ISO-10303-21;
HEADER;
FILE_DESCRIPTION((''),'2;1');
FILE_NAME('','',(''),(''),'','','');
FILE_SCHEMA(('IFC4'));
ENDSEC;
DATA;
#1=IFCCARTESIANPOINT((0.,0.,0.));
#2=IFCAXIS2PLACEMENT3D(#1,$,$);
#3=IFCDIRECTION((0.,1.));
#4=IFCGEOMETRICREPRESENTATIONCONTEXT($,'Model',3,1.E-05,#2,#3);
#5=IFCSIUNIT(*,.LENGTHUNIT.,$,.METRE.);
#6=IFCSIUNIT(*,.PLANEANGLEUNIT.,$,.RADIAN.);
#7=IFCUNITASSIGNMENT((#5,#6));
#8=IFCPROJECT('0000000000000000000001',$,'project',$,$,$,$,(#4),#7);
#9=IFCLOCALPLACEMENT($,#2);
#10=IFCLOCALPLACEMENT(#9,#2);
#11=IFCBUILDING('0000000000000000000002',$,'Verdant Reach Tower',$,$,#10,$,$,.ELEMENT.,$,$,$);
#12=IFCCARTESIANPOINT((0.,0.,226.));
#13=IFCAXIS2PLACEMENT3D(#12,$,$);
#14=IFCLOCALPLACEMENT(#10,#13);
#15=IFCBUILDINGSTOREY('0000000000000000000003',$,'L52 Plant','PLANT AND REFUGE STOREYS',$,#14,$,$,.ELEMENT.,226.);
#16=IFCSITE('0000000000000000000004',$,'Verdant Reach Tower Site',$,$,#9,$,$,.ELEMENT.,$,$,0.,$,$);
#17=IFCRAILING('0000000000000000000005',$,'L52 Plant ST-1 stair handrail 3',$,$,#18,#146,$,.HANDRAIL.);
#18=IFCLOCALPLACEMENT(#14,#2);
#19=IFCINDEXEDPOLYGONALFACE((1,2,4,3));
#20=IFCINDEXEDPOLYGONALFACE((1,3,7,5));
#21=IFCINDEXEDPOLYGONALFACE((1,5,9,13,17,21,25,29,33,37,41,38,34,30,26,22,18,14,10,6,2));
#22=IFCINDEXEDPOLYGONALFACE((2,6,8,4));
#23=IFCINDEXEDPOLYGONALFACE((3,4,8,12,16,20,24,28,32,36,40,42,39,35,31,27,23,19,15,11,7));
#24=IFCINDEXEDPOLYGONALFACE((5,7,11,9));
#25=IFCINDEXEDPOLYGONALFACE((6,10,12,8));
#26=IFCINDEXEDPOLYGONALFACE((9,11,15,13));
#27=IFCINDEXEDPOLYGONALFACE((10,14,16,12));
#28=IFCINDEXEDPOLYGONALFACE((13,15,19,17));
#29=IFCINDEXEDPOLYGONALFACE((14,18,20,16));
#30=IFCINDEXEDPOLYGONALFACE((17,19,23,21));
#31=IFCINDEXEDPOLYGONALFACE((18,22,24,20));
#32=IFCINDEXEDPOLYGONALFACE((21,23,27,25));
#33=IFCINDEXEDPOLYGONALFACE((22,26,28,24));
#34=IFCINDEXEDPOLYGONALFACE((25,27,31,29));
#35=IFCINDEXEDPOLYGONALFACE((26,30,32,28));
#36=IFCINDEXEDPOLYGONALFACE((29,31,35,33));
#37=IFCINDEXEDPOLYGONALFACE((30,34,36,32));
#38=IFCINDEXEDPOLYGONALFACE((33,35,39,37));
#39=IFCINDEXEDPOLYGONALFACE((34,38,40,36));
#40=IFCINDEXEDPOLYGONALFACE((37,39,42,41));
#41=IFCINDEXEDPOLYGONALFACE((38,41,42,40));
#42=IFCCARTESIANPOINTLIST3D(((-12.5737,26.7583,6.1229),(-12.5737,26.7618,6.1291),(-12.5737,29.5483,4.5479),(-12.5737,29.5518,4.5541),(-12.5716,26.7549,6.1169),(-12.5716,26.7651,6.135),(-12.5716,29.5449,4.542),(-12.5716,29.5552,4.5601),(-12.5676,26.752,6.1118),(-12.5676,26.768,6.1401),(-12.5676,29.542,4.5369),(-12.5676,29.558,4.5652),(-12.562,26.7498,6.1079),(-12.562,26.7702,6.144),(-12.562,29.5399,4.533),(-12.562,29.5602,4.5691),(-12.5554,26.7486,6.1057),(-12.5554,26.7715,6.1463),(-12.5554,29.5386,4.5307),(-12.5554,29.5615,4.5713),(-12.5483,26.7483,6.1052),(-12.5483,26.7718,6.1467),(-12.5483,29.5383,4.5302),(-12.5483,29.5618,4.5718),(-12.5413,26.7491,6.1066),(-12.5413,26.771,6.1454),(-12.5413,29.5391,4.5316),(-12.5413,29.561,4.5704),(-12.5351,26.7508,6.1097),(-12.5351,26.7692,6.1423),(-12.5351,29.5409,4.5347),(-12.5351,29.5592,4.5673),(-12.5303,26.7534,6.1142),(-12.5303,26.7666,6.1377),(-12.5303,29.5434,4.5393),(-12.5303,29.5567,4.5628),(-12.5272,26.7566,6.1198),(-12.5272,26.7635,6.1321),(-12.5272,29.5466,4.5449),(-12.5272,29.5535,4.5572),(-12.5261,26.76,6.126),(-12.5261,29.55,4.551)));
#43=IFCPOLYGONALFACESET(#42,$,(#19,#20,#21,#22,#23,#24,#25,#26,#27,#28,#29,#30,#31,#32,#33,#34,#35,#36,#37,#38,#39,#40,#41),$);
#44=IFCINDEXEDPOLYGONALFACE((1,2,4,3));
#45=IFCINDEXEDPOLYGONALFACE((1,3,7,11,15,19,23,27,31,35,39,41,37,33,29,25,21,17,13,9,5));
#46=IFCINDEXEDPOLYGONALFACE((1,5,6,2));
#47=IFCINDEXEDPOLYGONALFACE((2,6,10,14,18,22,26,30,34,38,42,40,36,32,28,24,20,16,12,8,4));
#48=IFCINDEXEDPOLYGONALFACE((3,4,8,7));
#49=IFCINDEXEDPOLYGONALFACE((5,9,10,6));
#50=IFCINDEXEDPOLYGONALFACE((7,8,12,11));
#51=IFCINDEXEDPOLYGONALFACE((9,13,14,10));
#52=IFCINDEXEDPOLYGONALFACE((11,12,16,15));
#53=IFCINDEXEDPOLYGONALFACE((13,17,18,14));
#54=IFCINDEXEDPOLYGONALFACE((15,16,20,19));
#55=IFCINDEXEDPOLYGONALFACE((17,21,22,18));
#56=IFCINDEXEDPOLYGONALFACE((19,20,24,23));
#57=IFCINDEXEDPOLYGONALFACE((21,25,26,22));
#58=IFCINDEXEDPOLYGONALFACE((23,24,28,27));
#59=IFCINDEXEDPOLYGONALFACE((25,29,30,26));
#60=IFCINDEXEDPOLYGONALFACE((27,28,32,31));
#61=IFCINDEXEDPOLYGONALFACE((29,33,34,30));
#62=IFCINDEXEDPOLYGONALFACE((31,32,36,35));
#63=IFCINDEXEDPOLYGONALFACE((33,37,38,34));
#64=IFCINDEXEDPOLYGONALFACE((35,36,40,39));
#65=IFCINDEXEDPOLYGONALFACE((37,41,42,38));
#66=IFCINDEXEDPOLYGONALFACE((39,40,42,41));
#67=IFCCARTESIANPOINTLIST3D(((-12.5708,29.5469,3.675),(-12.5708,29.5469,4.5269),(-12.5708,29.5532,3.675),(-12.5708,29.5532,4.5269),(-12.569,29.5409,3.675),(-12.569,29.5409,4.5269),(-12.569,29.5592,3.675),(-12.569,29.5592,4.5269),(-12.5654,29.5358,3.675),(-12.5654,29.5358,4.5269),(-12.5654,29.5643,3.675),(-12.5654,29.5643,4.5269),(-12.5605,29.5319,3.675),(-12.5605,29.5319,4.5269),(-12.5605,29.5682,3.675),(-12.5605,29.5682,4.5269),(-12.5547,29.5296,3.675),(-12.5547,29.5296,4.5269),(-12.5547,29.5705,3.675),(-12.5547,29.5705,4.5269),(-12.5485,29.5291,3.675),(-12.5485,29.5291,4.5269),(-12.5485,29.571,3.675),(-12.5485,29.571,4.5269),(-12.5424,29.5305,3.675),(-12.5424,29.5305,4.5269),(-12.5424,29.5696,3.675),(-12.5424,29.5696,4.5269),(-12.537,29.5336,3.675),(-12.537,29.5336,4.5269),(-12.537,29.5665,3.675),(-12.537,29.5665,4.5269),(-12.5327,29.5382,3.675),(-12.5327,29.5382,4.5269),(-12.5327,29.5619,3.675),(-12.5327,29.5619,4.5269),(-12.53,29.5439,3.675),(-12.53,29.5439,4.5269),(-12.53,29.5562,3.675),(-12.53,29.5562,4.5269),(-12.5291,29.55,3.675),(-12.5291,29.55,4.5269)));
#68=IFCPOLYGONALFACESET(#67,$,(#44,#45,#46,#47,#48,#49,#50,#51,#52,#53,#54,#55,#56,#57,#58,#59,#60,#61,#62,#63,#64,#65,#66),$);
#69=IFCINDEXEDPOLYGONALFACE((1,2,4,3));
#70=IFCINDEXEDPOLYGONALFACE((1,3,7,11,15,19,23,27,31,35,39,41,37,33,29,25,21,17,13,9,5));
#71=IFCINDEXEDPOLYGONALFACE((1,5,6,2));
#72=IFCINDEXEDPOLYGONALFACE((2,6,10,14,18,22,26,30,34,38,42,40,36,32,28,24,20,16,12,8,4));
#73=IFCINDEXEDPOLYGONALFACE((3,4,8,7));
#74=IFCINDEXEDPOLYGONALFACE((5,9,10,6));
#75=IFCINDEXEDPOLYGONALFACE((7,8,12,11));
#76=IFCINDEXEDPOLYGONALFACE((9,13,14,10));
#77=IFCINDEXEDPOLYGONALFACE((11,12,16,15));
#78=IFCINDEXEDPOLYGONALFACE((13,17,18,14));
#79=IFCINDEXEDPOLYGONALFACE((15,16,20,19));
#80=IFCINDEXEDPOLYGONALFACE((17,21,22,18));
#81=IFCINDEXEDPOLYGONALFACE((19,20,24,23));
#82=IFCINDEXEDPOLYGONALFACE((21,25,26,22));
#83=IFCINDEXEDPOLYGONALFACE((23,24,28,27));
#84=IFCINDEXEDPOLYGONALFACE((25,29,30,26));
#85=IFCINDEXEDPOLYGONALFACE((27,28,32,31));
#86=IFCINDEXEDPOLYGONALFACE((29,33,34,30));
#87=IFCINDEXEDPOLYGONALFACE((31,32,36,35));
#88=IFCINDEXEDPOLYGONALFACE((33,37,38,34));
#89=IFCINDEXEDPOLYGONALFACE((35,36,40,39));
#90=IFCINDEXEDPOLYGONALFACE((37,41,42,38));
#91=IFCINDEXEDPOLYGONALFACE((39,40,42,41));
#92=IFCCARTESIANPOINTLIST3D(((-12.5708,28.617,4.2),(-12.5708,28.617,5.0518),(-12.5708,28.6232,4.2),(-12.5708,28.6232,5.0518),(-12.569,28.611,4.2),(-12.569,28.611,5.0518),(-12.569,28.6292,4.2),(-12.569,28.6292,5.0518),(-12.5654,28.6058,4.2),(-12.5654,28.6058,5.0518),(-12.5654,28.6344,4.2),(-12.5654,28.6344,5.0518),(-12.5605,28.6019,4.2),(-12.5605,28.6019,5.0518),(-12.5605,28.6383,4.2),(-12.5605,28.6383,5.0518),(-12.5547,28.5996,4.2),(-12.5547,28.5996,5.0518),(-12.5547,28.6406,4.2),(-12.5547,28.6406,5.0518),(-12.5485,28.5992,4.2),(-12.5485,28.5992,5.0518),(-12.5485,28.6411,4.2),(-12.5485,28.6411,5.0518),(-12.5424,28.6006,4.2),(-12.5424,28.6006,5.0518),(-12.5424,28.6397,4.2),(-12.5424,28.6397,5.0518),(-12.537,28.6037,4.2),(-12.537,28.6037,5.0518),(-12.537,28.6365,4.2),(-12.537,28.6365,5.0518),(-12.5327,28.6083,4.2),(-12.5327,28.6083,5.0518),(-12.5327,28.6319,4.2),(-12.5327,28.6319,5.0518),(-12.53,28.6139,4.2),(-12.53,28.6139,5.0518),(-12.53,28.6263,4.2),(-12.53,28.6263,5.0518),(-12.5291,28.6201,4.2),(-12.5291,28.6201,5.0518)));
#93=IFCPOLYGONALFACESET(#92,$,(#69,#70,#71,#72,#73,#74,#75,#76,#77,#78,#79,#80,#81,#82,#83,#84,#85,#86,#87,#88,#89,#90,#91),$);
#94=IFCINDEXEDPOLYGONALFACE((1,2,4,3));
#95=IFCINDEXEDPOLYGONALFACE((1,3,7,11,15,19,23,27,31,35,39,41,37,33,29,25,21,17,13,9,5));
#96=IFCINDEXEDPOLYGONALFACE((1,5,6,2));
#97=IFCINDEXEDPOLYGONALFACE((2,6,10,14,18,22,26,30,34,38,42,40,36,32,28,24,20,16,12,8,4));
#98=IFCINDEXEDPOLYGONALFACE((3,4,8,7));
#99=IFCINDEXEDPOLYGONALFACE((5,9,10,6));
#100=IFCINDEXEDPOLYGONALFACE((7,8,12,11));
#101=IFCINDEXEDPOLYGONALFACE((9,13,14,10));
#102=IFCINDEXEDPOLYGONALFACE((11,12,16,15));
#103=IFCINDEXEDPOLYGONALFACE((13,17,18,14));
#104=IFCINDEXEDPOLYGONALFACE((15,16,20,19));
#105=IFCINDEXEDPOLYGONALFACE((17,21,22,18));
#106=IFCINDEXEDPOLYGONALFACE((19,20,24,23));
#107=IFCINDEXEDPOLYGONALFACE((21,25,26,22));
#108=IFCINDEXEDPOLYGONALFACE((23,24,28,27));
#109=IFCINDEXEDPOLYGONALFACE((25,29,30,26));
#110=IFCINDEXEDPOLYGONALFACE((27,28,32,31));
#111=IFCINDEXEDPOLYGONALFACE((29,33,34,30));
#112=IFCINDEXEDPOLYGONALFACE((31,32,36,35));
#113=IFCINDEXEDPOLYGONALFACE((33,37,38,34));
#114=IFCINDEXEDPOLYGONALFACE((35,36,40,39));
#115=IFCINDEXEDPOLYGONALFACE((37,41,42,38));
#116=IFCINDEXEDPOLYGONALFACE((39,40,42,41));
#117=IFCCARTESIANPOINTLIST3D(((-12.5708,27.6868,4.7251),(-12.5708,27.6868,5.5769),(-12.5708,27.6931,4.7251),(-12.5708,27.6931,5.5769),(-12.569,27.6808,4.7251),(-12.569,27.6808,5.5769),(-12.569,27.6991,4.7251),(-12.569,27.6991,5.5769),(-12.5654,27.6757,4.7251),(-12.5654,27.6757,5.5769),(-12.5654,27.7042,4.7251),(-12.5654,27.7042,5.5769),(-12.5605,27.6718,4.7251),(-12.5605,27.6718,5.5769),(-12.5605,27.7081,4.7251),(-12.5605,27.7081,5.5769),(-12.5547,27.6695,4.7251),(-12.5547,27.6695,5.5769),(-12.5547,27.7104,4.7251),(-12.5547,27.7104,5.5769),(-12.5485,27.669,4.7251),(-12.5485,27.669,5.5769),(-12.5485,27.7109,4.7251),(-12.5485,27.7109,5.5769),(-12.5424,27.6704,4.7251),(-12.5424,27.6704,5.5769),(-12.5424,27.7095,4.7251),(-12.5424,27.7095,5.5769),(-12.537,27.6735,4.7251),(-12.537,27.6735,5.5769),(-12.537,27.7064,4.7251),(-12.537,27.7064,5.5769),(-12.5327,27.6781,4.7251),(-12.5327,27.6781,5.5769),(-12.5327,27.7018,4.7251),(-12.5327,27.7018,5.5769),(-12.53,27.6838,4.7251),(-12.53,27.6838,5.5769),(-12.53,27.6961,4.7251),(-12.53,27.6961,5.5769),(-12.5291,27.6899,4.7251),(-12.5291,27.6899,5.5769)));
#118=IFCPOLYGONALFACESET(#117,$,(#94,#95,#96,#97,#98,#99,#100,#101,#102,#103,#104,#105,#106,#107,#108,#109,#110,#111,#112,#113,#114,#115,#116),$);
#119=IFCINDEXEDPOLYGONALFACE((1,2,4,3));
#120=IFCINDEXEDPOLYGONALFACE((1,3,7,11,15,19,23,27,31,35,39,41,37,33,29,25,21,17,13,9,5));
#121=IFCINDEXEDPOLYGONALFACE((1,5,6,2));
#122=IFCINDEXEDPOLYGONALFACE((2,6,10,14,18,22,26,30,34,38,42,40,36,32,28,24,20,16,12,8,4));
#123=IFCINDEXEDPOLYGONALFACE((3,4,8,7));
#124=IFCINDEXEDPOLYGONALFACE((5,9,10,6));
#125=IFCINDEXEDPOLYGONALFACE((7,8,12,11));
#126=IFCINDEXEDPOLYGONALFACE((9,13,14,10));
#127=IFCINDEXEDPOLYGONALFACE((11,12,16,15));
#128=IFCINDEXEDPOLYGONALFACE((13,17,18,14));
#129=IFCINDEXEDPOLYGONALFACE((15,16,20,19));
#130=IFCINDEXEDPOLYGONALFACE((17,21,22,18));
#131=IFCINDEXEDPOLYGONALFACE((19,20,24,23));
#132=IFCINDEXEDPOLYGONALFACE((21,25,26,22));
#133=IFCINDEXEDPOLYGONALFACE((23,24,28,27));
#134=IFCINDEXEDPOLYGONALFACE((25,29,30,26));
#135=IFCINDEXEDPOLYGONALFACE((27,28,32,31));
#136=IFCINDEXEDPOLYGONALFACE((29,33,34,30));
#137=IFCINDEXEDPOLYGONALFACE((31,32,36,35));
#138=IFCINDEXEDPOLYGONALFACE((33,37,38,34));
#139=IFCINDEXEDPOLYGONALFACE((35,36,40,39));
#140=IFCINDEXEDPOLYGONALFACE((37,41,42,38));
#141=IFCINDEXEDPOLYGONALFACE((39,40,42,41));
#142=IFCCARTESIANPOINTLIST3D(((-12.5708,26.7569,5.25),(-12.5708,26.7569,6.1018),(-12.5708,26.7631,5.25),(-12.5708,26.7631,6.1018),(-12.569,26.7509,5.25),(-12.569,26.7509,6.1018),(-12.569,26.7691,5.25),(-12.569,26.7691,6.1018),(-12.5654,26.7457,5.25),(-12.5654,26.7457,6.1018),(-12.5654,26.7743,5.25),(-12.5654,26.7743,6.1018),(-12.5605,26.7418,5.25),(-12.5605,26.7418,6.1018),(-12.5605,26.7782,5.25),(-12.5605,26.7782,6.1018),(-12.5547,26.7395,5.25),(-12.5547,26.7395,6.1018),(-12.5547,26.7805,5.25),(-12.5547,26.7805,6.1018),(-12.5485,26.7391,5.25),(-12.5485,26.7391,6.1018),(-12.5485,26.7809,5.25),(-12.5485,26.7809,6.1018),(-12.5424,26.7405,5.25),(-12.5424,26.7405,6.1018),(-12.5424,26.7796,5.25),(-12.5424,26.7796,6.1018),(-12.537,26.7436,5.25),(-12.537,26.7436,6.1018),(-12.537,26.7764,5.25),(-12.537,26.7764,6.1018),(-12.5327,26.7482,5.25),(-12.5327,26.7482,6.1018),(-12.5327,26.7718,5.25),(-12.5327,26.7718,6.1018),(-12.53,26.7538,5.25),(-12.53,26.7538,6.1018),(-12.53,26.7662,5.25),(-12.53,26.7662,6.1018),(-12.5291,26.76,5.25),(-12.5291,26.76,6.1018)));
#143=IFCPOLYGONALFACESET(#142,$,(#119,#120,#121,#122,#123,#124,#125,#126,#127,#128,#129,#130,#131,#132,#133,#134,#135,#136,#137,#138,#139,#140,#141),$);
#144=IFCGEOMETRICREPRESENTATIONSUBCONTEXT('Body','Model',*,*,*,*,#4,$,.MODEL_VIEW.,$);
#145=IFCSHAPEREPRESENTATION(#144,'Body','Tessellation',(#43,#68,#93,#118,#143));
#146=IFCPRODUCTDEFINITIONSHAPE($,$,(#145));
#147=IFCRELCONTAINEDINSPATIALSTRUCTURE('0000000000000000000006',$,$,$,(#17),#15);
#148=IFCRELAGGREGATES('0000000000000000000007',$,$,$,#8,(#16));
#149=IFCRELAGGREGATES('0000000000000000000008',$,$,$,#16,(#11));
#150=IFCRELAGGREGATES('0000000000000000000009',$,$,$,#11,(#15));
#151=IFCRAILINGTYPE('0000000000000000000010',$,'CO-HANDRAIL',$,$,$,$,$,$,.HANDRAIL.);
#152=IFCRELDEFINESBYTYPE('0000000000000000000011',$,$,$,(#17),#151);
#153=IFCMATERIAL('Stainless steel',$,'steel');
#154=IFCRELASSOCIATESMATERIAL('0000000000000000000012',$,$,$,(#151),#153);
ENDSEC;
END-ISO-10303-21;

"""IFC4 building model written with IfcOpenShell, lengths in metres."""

from ifc_helpers import new_model, si_unit, direction, frame, origin, origin_2d, place, context, subcontext, project, spatial, circle, extrude, material, type_object, element, save


model = new_model("IFC4")

# Units and contexts
model_context = context("Model", 3, precision=1e-05, world=origin(), true_north=direction((0.0, 1.0)))
body_context = subcontext(model_context, "Body", "Model", "MODEL_VIEW")
ifc_project = project(units=[si_unit("LENGTHUNIT", "METRE"), si_unit("PLANEANGLEUNIT", "RADIAN")], contexts=[model_context])

# Site, building, storey
site_placement = place(None, origin())
site = spatial("IfcSite", under=ifc_project, at=site_placement, Name="Verdant Reach Tower Site", CompositionType="ELEMENT", RefElevation=0.0)
building_placement = place(site_placement, origin())
building = spatial("IfcBuilding", under=site, at=building_placement, Name="Verdant Reach Tower", CompositionType="ELEMENT")
storey_placement = place(building_placement, frame((0.0, 0.0, 226.0)))
storey = spatial("IfcBuildingStorey", under=building, at=storey_placement, Name="L52 Plant", Description="PLANT AND REFUGE STOREYS", CompositionType="ELEMENT", Elevation=226.0)

# Shared definitions
ifc_material_1 = material(Name="Stainless steel", Category="steel")

# Railing
railing_type_1 = type_object("IfcRailingType", Name="CO-HANDRAIL", PredefinedType="HANDRAIL", material=ifc_material_1)
for number, where, name in (
    (1, (-12.55, 29.55, 3.675), "L52 Plant ST-1 stair handrail 3"),
):
    element("IfcRailing", number, at=place(storey_placement, frame(where)), inside=storey, type_object=railing_type_1, Name=name, PredefinedType="HANDRAIL", context=body_context, shape_type="SweptSolid", body=[
        extrude(circle(Radius=0.0239, at=origin_2d()), frame((0.0, 0.0, 0.876), z_axis=(0.0, -0.870834, 0.491578), x_axis=(1.0, 0.0, 0.0)), (0.0, 0.0, 1.0), 3.2039),
        extrude(circle(Radius=0.021, at=origin_2d()), origin(), (0.0, 0.0, 1.0), 0.8518),
        extrude(circle(Radius=0.021, at=origin_2d()), frame((0.0, -0.9299, 0.5249)), (0.0, 0.0, 1.0), 0.8518),
        extrude(circle(Radius=0.021, at=origin_2d()), frame((0.0, -1.8601, 1.05)), (0.0, 0.0, 1.0), 0.8518),
        extrude(circle(Radius=0.021, at=origin_2d()), frame((0.0, -2.79, 1.575)), (0.0, 0.0, 1.0), 0.8518),
    ])

save(model, "model.ifc")
